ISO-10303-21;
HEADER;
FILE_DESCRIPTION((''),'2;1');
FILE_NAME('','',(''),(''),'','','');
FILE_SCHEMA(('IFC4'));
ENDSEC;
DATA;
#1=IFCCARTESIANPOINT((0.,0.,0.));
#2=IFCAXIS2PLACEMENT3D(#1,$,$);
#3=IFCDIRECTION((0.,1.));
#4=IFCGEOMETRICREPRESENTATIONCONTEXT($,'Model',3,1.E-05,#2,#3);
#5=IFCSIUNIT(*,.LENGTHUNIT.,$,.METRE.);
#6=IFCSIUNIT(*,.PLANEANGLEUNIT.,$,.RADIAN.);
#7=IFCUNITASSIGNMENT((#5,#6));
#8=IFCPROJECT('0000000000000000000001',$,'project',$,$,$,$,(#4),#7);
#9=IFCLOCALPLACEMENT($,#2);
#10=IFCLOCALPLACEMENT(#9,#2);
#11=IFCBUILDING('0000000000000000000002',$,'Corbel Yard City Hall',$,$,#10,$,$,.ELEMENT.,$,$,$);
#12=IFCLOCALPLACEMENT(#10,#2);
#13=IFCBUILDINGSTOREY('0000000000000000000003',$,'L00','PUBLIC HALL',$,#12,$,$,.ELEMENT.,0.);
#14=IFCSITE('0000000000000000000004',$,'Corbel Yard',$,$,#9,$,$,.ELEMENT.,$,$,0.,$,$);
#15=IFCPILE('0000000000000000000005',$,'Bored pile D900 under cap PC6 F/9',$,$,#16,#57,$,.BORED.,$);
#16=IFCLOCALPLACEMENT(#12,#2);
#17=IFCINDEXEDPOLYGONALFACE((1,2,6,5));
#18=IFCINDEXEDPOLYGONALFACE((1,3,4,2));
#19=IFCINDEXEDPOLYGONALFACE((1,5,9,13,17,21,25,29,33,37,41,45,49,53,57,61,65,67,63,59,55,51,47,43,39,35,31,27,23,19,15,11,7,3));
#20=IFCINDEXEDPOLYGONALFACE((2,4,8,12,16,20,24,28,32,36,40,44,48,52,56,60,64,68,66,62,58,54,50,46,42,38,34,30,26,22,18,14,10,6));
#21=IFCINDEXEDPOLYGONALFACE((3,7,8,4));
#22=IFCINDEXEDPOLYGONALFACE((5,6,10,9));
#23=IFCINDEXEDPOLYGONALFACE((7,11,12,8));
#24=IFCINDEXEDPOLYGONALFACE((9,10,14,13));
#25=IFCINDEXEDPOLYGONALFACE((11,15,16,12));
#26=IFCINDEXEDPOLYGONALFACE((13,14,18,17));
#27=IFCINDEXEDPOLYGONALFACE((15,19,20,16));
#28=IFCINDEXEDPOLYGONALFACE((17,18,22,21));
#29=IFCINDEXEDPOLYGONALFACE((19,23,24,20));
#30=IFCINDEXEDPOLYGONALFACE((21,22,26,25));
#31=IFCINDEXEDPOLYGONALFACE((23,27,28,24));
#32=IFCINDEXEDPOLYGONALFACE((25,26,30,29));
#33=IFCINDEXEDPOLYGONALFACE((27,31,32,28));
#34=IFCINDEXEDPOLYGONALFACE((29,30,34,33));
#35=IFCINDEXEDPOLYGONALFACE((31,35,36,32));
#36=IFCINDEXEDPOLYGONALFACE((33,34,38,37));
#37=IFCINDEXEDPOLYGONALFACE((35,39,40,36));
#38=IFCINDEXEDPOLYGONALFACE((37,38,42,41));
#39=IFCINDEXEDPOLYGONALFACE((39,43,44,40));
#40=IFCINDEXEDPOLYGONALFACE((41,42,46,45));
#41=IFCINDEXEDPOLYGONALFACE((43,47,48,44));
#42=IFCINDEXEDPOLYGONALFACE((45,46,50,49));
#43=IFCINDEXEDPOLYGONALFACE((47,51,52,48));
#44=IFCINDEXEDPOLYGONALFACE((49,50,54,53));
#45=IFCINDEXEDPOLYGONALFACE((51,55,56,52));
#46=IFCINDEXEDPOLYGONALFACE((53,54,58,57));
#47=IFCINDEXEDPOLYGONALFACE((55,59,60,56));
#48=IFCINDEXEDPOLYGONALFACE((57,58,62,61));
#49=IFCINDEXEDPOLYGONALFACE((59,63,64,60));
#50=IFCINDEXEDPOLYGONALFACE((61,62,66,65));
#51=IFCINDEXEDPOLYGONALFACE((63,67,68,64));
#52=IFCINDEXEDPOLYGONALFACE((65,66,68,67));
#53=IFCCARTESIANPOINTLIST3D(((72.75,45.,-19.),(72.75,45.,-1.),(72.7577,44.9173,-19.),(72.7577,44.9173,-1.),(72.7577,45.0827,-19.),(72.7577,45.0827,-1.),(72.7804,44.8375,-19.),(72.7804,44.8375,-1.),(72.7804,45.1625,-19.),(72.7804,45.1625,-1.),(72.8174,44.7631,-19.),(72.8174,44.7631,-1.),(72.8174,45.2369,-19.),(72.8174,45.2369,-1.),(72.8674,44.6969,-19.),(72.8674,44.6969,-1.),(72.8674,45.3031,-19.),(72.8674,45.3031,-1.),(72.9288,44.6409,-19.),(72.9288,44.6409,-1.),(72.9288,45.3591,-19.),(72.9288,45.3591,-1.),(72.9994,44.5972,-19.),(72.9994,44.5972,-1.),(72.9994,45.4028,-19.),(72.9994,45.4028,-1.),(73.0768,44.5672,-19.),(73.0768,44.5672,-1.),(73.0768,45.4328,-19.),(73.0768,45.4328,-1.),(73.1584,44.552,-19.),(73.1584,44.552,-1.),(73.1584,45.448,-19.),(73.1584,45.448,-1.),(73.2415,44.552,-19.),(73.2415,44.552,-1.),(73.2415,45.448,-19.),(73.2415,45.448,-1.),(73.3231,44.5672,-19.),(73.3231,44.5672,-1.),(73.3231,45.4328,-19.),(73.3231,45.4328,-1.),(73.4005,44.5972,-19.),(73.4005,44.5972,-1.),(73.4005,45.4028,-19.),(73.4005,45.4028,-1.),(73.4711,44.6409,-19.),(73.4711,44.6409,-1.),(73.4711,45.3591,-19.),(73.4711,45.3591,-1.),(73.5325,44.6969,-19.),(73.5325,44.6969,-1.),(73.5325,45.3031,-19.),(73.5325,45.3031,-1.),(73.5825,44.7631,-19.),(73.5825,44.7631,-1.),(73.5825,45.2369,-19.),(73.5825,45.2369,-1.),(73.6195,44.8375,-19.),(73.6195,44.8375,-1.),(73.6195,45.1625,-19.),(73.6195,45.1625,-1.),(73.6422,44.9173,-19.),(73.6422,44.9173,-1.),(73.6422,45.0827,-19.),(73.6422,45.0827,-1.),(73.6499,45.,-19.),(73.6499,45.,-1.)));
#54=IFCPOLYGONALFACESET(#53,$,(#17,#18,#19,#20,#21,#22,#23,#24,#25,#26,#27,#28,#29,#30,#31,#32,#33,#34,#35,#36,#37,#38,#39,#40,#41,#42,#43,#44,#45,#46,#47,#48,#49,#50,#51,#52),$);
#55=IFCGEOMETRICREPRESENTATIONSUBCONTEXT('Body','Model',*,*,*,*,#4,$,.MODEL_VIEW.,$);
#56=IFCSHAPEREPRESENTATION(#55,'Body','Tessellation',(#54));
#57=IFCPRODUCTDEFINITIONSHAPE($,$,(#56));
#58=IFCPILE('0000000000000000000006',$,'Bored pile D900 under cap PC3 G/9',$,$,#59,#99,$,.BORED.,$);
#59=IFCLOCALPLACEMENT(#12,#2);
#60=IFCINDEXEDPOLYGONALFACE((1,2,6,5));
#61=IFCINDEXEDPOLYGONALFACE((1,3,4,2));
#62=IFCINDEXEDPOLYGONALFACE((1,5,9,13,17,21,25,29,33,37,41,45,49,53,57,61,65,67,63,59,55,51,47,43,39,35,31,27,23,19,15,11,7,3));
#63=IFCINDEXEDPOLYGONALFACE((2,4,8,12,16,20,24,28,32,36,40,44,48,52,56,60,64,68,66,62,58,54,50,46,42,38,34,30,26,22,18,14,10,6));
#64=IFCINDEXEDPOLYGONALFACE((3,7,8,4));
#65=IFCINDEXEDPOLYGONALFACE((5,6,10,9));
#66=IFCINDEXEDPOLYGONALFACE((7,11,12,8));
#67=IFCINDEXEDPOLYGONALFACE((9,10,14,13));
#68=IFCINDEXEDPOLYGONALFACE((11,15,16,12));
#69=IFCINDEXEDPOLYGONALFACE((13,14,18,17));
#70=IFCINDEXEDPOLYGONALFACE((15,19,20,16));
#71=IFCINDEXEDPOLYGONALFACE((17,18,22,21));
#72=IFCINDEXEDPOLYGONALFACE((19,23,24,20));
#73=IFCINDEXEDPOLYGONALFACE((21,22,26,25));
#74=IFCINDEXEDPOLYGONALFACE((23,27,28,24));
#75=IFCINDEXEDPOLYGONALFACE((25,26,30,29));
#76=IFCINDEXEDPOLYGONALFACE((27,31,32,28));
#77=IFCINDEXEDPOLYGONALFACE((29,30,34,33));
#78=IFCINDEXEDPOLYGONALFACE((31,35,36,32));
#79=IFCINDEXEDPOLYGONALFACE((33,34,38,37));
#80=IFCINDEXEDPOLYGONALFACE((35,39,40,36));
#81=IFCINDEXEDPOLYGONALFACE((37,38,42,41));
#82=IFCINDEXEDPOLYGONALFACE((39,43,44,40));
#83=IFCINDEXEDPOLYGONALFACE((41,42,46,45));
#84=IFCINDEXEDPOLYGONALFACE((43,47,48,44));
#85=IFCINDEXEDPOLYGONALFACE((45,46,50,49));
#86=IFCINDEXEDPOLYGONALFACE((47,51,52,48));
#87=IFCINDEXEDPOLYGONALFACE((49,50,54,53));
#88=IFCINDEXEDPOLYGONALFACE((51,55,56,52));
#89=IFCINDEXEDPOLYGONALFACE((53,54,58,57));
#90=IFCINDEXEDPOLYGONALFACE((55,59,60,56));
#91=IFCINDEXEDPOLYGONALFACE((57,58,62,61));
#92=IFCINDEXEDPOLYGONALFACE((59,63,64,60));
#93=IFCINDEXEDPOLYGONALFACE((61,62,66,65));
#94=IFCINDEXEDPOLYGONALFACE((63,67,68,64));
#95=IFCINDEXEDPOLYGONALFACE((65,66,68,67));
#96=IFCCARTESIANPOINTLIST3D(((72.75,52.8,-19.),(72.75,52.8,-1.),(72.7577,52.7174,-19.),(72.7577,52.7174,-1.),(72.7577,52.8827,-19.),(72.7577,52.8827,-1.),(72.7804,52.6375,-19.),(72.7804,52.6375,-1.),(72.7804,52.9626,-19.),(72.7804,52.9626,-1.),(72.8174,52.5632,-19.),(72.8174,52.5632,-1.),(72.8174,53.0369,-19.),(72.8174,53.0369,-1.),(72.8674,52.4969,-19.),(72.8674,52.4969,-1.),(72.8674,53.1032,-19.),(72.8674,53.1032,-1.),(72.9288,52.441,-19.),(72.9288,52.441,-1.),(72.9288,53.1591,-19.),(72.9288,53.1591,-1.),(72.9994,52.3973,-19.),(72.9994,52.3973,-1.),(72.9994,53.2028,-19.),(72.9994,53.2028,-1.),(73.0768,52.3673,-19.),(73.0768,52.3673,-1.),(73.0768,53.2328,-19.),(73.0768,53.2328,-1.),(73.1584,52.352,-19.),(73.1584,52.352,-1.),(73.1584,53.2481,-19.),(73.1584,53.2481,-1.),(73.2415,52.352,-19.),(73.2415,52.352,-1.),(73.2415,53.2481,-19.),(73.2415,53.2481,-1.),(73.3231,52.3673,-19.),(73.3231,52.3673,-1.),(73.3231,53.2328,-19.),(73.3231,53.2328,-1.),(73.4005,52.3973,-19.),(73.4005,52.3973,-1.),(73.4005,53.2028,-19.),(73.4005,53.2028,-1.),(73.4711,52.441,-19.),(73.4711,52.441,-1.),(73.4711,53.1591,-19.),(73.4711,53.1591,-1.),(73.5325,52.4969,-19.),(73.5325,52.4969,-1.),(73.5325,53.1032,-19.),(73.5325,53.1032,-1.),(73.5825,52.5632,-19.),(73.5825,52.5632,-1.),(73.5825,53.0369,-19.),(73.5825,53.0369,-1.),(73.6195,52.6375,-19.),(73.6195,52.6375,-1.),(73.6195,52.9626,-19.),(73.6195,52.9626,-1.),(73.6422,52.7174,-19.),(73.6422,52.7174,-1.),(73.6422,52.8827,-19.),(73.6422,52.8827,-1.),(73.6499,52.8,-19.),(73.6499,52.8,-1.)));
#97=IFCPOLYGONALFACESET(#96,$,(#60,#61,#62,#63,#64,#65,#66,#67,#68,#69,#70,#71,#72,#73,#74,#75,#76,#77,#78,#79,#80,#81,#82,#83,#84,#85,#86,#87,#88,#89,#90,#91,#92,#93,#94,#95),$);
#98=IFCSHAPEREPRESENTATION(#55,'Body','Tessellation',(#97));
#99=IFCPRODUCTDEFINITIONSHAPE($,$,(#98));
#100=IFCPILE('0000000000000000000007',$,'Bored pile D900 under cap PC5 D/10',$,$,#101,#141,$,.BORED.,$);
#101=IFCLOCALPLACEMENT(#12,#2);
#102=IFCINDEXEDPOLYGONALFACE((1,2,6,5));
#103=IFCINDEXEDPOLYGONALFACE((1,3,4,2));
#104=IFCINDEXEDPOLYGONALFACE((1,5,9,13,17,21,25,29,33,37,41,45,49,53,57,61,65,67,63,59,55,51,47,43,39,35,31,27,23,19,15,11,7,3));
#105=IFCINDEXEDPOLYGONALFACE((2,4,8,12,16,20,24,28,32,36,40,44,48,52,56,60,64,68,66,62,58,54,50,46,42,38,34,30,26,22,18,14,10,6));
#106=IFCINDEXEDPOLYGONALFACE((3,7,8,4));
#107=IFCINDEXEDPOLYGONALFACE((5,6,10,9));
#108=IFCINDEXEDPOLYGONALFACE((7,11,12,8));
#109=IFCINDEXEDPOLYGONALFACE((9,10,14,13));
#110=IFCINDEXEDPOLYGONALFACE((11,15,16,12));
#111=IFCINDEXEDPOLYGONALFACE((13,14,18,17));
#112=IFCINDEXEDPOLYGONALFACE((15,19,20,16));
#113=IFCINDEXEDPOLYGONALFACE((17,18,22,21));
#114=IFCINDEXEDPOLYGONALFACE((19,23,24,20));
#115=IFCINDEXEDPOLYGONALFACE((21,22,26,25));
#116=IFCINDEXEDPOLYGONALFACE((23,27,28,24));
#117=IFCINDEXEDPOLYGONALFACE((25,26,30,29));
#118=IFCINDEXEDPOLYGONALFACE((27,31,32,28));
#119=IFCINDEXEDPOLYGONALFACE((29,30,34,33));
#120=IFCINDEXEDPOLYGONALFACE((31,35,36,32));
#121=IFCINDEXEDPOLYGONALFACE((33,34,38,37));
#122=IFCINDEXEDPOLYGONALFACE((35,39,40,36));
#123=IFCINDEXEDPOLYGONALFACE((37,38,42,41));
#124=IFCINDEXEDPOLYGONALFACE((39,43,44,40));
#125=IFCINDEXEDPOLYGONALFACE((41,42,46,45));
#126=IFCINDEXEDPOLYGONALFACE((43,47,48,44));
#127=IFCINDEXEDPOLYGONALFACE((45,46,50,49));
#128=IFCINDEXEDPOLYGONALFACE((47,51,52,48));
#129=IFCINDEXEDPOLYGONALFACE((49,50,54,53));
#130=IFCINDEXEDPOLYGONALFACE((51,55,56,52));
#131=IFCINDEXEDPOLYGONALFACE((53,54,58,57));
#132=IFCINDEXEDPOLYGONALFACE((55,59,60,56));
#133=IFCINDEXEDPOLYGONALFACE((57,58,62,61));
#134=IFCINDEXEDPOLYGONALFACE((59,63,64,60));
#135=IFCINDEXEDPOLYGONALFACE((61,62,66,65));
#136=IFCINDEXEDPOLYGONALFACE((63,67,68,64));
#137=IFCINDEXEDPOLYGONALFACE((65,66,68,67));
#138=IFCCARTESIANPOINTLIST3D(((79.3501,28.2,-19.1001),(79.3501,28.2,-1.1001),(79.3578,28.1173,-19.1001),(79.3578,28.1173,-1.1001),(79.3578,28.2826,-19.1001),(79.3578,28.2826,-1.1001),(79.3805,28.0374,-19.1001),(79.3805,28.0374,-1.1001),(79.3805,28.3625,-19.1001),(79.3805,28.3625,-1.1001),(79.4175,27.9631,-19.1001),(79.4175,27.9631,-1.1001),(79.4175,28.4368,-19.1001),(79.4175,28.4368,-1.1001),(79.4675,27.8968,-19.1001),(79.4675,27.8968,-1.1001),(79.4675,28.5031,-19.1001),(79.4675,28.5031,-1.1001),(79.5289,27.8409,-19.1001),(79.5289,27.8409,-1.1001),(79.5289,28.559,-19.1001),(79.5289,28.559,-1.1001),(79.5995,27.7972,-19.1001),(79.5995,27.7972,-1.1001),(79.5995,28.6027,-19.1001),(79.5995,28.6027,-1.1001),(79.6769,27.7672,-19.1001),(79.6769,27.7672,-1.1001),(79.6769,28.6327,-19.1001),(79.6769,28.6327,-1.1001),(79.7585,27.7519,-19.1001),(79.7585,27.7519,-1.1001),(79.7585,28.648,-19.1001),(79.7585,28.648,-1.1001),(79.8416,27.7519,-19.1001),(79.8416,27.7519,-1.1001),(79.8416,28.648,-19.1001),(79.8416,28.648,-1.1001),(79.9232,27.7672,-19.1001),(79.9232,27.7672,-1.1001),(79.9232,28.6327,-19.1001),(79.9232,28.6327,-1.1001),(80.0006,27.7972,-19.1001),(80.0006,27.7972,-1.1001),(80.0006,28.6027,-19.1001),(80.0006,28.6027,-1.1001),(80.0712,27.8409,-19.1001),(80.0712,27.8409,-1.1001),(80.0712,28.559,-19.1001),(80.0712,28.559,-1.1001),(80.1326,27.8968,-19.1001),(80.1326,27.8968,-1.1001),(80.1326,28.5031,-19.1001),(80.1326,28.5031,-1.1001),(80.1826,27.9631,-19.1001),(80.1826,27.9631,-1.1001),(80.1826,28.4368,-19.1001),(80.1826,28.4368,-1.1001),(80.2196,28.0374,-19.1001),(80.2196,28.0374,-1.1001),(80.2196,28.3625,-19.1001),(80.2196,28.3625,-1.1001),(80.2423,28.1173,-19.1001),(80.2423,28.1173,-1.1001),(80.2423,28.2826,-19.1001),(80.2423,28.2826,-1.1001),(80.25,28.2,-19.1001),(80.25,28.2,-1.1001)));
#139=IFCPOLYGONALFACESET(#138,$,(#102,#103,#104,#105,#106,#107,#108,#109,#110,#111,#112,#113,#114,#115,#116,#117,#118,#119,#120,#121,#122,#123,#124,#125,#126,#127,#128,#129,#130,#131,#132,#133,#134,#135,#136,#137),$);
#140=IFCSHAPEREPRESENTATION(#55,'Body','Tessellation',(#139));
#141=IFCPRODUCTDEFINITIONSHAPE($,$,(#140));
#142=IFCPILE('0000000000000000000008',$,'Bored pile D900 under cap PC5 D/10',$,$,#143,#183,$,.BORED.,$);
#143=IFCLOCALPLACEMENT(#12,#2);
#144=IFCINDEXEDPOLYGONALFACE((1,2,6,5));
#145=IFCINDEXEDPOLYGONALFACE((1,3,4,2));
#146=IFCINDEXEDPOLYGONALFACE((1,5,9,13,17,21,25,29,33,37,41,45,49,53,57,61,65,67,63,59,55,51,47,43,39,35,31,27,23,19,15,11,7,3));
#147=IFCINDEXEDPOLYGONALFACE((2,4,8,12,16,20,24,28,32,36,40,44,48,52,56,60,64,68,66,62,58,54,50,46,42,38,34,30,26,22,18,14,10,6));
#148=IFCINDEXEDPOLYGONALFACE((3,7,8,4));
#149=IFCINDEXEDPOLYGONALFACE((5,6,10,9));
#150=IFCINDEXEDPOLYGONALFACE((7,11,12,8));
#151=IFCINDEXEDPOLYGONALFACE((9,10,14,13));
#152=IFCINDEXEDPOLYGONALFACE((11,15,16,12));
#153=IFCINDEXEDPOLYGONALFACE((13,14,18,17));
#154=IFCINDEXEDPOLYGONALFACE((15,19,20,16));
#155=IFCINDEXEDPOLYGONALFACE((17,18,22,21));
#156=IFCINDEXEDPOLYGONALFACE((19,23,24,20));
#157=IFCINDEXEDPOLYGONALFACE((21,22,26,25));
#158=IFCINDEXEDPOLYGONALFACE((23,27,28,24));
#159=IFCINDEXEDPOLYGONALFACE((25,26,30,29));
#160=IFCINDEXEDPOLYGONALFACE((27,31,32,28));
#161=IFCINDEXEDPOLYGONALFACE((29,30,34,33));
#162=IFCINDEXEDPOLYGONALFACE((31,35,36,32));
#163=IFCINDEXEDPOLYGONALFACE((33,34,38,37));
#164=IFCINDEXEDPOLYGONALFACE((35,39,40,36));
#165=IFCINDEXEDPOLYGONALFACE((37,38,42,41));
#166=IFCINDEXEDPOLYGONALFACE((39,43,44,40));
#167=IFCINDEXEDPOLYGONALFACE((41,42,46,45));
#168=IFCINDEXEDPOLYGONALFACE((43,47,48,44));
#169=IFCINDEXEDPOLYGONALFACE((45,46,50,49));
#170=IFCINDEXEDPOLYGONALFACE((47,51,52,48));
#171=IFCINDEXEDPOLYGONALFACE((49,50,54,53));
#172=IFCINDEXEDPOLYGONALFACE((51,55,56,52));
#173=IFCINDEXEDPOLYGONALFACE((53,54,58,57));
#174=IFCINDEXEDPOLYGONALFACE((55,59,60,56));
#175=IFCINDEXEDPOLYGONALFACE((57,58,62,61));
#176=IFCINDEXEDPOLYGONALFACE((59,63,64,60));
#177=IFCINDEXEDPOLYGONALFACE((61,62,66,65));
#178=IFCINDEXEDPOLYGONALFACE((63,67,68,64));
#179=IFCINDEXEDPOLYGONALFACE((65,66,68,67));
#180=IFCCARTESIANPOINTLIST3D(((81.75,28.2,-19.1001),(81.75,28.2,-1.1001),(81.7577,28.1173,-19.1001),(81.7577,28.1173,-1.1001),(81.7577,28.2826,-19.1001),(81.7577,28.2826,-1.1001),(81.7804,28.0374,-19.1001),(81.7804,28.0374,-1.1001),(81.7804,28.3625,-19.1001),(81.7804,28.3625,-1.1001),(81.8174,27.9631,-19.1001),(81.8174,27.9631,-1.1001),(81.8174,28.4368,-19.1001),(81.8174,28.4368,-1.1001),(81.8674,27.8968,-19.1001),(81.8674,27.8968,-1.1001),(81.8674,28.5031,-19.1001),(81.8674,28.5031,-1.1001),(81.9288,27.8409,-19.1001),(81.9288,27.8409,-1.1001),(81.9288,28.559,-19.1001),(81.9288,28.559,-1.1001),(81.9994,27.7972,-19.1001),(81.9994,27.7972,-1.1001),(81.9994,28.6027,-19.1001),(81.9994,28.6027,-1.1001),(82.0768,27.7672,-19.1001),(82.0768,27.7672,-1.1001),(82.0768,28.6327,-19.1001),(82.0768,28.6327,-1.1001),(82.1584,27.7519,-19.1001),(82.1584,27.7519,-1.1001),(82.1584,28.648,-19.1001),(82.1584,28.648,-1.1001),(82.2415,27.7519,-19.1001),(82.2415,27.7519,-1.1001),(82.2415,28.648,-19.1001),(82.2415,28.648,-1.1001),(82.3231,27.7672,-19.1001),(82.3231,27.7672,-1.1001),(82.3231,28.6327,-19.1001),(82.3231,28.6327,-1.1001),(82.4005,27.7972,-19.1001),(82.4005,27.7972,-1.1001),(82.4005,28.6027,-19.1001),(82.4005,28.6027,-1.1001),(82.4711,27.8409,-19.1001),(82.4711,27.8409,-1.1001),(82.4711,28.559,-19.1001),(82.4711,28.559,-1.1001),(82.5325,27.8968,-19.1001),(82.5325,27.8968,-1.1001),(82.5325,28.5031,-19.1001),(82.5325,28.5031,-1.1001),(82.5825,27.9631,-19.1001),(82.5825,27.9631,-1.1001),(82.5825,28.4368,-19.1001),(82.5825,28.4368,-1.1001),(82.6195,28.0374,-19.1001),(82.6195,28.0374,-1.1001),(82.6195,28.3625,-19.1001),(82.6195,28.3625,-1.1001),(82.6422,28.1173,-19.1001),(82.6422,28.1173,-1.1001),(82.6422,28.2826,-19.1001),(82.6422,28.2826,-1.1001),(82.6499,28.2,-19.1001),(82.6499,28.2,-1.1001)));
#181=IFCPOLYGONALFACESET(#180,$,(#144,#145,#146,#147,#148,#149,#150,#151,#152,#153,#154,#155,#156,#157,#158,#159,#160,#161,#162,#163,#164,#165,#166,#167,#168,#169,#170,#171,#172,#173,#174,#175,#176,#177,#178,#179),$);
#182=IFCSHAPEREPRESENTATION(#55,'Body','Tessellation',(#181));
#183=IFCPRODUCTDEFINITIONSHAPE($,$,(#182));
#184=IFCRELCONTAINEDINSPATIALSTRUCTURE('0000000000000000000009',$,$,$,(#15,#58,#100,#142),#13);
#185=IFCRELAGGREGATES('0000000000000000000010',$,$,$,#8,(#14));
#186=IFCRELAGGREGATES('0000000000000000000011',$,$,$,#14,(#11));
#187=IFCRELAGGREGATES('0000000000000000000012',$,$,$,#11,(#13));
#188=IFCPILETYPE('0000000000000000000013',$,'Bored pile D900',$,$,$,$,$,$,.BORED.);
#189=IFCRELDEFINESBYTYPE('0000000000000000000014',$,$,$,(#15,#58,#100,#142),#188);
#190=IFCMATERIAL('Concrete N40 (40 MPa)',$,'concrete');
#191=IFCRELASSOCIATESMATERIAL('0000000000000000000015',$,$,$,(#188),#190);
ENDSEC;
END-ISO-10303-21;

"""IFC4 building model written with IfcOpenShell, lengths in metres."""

from ifc_helpers import new_model, si_unit, direction, frame, origin, origin_2d, place, context, subcontext, project, spatial, circle, extrude, material, material_profile, profile_set, type_object, element, save


model = new_model("IFC4")

# Units and contexts
model_context = context("Model", 3, precision=1e-05, world=origin(), true_north=direction((0.0, 1.0)))
body_context = subcontext(model_context, "Body", "Model", "MODEL_VIEW")
ifc_project = project(units=[si_unit("LENGTHUNIT", "METRE"), si_unit("PLANEANGLEUNIT", "RADIAN")], contexts=[model_context])

# Site, building, storey
site_placement = place(None, origin())
site = spatial("IfcSite", under=ifc_project, at=site_placement, Name="Corbel Yard", CompositionType="ELEMENT", RefElevation=0.0)
building_placement = place(site_placement, origin())
building = spatial("IfcBuilding", under=site, at=building_placement, Name="Corbel Yard City Hall", CompositionType="ELEMENT")
storey_placement = place(building_placement, origin())
storey = spatial("IfcBuildingStorey", under=building, at=storey_placement, Name="L00", Description="PUBLIC HALL", CompositionType="ELEMENT", Elevation=0.0)

# Piles
ifc_material_1 = material(Name="Concrete N40 (40 MPa)", Category="concrete")
ifc_material_profile_1 = material_profile(ifc_material_1, circle(Radius=0.45, at=origin_2d()), Name="D900")
ifc_profile_set_1 = profile_set([ifc_material_profile_1], Name="Concrete N40 (40 MPa)")
pile_type = type_object("IfcPileType", Name="Bored pile D900", PredefinedType="BORED", material=ifc_profile_set_1)
for number, where, z_axis, x_axis, name in (
    (1, (73.2, 45.0, -1.0), (0.0, 0.0, -1.0), (1.0, 0.0, 0.0), "Bored pile D900 under cap PC6 F/9"),
    (2, (73.2, 52.8, -1.0), (0.0, 0.0, -1.0), (1.0, 0.0, 0.0), "Bored pile D900 under cap PC3 G/9"),
    (3, (79.8, 28.2, -1.1001), (0.0, 0.0, -1.0), (1.0, 0.0, 0.0), "Bored pile D900 under cap PC5 D/10"),
    (4, (82.2, 28.2, -1.1001), (0.0, 0.0, -1.0), (1.0, 0.0, 0.0), "Bored pile D900 under cap PC5 D/10"),
):
    element("IfcPile", number, at=place(storey_placement, frame(where, z_axis=z_axis, x_axis=x_axis)), inside=storey, type_object=pile_type, Name=name, PredefinedType="BORED", context=body_context, shape_type="SweptSolid", body=[
        extrude(circle(Radius=0.45, at=origin_2d()), origin(), (0.0, 0.0, 1.0), 18.0),
    ])

save(model, "model.ifc")
